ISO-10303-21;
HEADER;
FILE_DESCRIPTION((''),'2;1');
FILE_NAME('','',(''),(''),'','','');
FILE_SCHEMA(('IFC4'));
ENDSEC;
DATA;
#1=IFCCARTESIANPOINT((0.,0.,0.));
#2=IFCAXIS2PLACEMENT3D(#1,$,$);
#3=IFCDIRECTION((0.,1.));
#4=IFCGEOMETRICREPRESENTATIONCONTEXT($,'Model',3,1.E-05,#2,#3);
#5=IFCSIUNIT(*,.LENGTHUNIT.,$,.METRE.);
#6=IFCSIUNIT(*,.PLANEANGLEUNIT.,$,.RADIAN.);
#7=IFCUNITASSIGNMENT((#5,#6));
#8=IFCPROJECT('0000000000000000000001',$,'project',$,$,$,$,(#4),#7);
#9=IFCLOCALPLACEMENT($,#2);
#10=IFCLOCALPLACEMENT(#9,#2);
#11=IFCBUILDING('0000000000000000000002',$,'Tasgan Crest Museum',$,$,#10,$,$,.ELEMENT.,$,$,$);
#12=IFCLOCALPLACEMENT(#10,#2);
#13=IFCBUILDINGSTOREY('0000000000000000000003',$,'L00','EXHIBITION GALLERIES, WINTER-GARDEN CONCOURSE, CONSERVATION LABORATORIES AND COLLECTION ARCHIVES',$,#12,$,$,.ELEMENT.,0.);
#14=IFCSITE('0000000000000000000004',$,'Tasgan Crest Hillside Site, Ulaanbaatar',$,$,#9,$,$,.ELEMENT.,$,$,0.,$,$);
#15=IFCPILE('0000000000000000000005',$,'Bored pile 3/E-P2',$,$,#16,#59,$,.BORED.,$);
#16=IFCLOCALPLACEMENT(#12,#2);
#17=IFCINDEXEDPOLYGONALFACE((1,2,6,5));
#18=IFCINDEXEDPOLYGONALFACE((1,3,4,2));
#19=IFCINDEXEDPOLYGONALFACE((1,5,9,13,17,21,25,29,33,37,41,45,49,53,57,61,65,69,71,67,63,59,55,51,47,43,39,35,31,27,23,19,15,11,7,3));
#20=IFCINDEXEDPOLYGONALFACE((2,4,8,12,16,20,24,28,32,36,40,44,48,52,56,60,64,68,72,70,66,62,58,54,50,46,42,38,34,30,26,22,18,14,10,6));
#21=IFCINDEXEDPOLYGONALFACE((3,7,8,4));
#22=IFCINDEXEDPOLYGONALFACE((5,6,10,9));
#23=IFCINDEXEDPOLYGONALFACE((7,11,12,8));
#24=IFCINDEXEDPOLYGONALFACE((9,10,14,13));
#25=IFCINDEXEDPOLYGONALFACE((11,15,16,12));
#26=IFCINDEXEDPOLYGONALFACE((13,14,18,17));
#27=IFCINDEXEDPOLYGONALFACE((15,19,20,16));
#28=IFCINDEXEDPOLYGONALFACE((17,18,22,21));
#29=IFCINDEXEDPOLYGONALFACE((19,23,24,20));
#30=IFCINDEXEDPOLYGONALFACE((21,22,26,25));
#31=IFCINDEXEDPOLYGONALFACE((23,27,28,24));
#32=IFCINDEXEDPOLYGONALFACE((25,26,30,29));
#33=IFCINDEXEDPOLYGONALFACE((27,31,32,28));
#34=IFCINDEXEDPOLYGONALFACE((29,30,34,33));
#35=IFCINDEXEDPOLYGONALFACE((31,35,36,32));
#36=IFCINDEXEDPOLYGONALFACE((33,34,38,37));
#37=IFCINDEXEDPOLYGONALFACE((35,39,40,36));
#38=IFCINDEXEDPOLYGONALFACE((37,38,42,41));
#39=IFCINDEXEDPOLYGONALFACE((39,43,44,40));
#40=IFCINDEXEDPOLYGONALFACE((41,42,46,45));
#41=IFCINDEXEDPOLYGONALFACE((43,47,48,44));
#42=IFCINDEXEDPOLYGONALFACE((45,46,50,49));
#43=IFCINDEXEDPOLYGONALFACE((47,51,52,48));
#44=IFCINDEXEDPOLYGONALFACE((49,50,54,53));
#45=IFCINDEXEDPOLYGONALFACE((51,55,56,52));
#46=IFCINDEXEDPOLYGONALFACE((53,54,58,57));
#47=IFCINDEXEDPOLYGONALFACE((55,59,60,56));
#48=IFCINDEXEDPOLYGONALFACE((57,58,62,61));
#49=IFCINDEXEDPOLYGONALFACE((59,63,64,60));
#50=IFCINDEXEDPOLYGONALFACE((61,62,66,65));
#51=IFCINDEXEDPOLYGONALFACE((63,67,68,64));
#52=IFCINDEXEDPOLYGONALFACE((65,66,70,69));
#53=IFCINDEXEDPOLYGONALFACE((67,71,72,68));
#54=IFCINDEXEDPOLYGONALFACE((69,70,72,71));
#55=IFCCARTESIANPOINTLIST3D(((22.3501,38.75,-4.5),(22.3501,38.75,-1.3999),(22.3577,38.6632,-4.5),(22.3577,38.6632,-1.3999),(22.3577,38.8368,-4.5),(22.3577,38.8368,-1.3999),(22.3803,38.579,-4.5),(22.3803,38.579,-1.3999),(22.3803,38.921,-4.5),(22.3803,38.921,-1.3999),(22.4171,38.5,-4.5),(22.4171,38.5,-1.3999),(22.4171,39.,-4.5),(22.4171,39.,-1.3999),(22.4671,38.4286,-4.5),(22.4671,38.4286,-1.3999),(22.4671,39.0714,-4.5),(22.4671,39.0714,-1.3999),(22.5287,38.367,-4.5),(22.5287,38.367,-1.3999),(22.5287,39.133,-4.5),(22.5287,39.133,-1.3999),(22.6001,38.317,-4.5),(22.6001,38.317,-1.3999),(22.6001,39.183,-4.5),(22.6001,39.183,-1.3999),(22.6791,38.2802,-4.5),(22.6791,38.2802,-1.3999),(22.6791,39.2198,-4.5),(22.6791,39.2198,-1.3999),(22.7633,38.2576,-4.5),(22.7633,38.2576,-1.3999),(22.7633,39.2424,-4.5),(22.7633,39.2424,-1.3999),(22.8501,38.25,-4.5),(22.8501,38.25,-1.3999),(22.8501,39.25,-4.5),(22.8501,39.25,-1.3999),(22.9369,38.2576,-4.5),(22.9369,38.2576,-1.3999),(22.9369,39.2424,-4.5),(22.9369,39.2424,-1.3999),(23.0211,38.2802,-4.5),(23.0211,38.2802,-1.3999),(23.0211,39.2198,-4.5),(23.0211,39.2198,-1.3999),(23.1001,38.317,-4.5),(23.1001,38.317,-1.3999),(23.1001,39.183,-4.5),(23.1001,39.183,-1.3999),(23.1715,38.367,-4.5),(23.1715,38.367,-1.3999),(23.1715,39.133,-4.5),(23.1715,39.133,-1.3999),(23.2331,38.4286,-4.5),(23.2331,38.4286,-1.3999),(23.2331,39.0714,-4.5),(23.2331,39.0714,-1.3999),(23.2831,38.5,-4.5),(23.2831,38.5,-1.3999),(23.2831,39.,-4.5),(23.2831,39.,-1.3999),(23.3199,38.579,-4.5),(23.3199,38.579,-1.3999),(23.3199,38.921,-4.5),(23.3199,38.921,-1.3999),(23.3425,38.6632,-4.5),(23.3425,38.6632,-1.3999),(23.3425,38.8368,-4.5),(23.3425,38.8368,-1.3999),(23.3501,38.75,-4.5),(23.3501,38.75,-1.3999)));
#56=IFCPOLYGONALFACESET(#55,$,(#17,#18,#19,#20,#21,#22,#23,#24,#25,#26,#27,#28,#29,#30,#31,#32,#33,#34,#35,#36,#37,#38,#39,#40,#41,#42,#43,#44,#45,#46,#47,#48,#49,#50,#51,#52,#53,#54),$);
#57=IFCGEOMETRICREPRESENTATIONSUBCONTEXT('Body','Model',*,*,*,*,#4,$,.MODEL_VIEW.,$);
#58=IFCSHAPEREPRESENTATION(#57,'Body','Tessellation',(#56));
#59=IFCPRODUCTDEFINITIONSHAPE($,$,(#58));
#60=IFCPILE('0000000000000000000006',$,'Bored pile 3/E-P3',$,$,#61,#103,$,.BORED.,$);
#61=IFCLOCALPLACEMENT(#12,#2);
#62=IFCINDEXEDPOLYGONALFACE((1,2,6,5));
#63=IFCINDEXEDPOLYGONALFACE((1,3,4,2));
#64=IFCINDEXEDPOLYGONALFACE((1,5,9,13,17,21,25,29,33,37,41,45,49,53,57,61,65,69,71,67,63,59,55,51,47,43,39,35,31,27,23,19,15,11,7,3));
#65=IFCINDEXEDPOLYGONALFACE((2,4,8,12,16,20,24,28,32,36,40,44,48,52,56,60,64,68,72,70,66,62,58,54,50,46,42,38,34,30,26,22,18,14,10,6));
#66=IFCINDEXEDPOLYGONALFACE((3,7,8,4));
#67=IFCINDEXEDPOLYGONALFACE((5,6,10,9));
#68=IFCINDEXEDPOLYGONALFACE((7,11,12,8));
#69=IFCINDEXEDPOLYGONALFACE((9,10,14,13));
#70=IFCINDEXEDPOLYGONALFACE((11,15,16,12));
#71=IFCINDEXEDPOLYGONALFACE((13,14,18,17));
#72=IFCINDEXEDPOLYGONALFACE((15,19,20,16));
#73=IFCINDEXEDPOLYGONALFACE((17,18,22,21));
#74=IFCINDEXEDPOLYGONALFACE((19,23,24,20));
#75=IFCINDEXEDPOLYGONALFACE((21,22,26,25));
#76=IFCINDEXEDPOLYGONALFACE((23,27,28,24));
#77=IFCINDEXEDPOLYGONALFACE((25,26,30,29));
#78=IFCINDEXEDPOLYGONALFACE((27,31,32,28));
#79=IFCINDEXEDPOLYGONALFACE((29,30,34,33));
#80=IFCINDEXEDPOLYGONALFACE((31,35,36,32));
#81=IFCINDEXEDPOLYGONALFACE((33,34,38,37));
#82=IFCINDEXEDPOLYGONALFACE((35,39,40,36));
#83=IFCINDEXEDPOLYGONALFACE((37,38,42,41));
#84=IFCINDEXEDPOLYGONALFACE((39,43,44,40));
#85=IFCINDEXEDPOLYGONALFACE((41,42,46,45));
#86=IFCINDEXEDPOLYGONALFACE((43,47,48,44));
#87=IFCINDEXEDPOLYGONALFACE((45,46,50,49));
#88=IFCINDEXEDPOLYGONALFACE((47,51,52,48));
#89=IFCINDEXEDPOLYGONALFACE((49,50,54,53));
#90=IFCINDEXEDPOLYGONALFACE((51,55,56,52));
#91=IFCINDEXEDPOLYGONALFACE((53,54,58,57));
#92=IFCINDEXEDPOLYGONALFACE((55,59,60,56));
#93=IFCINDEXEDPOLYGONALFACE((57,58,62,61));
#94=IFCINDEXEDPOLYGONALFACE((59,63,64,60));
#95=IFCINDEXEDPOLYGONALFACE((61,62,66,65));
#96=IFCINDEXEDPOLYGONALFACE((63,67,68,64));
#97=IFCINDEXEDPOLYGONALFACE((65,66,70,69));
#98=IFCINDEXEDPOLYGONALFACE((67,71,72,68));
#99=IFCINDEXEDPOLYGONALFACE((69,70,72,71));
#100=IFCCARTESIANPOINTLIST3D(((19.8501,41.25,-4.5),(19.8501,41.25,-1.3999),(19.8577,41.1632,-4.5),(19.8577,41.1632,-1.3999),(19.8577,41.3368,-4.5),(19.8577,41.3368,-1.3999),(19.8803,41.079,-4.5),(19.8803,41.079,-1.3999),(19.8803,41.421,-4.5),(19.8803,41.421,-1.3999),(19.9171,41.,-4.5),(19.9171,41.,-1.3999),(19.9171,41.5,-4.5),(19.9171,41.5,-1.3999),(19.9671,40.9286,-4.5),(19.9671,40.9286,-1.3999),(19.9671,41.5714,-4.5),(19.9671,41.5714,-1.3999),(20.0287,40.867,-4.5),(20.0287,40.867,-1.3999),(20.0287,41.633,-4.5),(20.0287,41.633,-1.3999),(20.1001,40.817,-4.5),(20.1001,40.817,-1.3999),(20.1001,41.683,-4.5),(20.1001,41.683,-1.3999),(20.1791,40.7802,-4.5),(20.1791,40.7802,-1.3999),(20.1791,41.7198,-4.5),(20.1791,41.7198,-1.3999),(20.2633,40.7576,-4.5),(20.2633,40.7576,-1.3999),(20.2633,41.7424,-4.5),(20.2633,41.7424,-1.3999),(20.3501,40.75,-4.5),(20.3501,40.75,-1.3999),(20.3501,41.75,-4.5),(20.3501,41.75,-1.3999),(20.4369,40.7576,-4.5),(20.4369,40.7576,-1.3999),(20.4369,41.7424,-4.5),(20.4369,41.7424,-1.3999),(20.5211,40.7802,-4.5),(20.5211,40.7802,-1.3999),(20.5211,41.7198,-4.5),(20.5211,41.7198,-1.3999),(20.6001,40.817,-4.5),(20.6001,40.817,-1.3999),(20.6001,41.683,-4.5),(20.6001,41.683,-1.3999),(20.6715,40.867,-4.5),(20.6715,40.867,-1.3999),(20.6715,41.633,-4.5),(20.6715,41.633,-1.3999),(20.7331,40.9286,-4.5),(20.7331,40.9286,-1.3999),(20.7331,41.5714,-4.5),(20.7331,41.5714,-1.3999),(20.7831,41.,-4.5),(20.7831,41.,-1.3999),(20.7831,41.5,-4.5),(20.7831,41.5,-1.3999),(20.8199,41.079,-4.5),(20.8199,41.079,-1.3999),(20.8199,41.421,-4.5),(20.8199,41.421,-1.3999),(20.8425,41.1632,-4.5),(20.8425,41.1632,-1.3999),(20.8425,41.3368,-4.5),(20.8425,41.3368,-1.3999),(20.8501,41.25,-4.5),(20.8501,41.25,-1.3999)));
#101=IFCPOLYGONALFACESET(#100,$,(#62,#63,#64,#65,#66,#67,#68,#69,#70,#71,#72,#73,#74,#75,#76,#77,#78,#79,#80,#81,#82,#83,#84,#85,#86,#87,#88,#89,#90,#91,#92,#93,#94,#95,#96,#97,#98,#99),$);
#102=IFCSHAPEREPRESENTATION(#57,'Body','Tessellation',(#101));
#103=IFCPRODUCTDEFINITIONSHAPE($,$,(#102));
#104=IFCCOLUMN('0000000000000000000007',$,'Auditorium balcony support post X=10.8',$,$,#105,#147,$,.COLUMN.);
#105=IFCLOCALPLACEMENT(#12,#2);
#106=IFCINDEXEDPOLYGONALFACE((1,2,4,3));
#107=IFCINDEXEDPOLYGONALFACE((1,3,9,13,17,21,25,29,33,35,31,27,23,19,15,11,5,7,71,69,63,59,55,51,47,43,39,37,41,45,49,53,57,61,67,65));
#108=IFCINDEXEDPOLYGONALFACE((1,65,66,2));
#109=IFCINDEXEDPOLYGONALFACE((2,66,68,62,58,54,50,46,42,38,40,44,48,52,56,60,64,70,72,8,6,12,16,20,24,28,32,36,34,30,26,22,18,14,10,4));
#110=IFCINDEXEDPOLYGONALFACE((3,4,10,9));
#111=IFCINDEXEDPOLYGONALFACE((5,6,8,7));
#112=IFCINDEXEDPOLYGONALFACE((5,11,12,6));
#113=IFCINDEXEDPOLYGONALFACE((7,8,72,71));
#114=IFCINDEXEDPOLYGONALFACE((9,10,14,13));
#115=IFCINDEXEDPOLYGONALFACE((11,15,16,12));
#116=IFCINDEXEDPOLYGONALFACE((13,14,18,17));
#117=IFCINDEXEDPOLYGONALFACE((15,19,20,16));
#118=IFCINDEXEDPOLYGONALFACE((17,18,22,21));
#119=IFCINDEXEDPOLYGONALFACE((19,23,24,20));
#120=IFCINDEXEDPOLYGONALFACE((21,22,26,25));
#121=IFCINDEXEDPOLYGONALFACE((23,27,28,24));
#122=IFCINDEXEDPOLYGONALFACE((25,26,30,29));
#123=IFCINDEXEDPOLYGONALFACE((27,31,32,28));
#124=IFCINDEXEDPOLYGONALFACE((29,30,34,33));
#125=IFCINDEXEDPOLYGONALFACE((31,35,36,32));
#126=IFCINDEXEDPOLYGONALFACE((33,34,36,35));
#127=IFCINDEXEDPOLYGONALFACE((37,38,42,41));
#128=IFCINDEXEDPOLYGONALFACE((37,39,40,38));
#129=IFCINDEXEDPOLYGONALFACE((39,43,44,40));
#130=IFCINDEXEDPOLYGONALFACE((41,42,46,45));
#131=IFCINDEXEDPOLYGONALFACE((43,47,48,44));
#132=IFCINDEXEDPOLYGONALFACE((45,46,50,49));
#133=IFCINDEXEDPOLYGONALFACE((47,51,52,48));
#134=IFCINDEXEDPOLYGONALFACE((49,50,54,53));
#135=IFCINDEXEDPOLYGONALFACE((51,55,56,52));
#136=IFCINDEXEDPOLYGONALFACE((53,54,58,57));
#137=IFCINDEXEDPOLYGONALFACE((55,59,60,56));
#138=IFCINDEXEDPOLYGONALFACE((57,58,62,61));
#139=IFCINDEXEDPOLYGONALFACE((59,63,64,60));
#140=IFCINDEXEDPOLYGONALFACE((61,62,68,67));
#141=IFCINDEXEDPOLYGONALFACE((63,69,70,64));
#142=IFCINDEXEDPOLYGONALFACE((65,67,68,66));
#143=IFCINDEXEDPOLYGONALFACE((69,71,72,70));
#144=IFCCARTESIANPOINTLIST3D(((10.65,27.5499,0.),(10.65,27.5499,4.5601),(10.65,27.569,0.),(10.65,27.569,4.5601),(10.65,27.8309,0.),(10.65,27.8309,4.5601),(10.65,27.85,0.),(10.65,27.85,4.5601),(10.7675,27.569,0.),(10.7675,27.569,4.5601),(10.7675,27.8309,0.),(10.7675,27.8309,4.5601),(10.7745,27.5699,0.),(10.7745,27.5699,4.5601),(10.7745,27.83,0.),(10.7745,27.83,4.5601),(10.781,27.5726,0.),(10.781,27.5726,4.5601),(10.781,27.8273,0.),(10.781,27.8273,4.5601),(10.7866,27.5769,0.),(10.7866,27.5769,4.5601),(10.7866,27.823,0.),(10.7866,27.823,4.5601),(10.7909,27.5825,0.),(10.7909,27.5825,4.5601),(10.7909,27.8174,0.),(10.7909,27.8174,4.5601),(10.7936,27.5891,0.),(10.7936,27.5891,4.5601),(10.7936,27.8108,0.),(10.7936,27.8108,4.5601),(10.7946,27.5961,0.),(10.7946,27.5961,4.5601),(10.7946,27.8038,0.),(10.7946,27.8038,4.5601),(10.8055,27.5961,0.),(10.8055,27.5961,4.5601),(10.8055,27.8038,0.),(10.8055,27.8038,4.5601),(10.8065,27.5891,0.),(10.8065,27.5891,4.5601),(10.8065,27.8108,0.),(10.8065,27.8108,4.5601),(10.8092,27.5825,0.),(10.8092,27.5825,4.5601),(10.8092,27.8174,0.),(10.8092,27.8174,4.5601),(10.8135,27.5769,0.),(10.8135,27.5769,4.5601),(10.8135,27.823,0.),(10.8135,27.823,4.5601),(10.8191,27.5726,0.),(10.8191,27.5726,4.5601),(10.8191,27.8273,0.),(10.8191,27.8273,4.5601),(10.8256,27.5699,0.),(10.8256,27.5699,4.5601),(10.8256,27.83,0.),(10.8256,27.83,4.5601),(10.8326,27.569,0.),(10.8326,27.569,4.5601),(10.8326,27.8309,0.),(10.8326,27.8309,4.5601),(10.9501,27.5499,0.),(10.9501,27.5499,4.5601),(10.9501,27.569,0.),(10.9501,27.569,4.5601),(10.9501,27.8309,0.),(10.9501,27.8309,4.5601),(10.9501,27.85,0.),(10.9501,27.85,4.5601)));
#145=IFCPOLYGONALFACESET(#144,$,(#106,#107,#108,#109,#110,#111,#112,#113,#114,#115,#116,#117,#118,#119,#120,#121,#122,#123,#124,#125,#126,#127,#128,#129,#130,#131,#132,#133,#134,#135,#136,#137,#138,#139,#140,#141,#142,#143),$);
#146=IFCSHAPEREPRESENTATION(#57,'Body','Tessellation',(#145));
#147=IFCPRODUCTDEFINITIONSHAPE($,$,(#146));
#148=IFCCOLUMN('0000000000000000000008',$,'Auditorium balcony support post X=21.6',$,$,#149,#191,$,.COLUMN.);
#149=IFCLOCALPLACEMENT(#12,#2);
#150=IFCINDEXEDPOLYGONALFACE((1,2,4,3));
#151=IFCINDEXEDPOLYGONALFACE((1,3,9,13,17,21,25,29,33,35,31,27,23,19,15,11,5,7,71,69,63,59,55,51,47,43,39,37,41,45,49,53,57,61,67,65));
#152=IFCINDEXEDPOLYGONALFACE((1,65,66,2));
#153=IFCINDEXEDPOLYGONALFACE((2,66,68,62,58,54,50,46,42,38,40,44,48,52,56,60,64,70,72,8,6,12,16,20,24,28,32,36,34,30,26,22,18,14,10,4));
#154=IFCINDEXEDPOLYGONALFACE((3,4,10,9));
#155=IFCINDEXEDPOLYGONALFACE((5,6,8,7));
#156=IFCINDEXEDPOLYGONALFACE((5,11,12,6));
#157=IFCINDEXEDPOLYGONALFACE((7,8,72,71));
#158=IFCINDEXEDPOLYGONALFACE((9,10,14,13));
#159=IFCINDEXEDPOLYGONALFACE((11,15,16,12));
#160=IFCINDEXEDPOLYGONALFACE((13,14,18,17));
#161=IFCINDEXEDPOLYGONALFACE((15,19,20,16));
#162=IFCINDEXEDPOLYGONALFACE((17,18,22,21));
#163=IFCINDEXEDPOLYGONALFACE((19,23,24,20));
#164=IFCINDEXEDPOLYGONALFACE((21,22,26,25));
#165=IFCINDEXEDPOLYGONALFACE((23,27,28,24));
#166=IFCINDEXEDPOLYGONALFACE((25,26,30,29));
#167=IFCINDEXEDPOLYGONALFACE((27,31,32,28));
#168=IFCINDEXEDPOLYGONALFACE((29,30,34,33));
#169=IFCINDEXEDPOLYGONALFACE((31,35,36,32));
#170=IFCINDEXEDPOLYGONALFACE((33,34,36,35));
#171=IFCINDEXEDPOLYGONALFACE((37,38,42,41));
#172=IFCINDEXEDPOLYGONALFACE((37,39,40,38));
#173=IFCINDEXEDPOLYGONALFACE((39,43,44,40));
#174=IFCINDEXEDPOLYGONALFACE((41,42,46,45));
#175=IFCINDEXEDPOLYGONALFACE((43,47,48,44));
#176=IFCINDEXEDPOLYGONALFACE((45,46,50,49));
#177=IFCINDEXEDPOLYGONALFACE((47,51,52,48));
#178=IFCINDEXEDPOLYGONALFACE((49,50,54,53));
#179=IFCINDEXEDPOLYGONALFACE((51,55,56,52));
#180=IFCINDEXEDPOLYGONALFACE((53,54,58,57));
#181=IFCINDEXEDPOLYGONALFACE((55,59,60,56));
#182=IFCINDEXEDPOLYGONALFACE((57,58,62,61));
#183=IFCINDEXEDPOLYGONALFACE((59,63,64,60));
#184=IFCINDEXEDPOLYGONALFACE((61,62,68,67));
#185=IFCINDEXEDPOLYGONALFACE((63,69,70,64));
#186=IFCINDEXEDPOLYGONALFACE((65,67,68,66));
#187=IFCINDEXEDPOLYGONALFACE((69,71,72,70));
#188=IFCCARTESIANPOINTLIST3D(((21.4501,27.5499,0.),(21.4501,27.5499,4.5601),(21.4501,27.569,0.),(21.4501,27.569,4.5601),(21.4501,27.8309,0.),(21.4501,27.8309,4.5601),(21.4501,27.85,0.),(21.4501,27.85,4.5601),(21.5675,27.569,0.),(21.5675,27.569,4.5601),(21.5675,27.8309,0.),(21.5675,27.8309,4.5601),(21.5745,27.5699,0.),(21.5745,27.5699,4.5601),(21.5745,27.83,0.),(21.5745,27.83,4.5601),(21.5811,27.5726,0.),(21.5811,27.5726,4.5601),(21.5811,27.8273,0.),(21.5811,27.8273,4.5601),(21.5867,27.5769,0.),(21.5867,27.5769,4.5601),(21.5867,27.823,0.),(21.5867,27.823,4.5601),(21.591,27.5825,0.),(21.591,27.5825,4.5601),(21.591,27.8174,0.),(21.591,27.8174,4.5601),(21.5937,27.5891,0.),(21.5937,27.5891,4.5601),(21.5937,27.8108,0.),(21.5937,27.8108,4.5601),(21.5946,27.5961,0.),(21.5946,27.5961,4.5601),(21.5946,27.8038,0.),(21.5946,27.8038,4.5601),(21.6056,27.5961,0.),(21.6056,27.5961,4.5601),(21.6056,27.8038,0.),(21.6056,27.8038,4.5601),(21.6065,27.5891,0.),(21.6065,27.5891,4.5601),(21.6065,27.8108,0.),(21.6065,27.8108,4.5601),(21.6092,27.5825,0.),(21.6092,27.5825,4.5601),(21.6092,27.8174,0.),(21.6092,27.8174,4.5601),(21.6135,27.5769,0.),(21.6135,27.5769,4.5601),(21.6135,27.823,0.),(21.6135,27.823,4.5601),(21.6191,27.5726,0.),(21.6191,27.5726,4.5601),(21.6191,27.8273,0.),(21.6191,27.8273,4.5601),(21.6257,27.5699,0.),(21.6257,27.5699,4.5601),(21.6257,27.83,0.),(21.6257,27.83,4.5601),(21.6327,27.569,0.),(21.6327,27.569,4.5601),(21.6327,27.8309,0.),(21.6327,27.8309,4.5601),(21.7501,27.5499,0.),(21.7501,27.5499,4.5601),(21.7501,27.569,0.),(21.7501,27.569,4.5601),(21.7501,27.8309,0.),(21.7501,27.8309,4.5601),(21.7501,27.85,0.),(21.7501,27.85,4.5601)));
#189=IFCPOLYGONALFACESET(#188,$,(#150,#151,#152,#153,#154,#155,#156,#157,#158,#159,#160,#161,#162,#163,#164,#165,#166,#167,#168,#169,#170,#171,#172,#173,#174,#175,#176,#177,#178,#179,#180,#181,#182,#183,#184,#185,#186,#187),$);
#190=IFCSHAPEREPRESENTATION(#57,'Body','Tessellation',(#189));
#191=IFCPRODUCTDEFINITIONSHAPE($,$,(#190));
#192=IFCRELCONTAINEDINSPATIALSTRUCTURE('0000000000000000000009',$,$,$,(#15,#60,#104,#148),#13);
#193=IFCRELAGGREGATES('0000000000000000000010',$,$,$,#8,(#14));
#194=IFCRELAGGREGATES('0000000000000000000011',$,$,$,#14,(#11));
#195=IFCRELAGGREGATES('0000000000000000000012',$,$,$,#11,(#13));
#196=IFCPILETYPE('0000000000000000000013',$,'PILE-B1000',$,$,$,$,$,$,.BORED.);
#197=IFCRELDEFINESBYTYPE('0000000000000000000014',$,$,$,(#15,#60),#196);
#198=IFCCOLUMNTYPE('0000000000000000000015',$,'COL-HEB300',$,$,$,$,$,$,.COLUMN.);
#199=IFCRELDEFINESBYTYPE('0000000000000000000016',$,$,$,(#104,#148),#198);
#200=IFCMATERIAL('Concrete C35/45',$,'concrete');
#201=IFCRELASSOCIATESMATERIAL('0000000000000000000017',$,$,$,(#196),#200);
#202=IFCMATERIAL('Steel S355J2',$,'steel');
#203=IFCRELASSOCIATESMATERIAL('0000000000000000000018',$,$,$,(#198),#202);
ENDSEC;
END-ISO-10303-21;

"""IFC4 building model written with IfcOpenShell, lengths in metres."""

from ifc_helpers import new_model, si_unit, direction, frame, origin, origin_2d, place, context, subcontext, project, spatial, circle, i_section, extrude, material, material_profile, profile_set, type_object, element, save


model = new_model("IFC4")

# Units and contexts
model_context = context("Model", 3, precision=1e-05, world=origin(), true_north=direction((0.0, 1.0)))
body_context = subcontext(model_context, "Body", "Model", "MODEL_VIEW")
ifc_project = project(units=[si_unit("LENGTHUNIT", "METRE"), si_unit("PLANEANGLEUNIT", "RADIAN")], contexts=[model_context])

# Site, building, storey
site_placement = place(None, origin())
site = spatial("IfcSite", under=ifc_project, at=site_placement, Name="Tasgan Crest Hillside Site, Ulaanbaatar", CompositionType="ELEMENT", RefElevation=0.0)
building_placement = place(site_placement, origin())
building = spatial("IfcBuilding", under=site, at=building_placement, Name="Tasgan Crest Museum", CompositionType="ELEMENT")
storey_placement = place(building_placement, origin())
storey = spatial("IfcBuildingStorey", under=building, at=storey_placement, Name="L00", Description="EXHIBITION GALLERIES, WINTER-GARDEN CONCOURSE, CONSERVATION LABORATORIES AND COLLECTION ARCHIVES", CompositionType="ELEMENT", Elevation=0.0)

# Piles
ifc_material_1 = material(Name="Concrete C35/45", Category="concrete")
ifc_material_profile_1 = material_profile(ifc_material_1, circle(Radius=0.5, at=origin_2d()), Name="PILE D1000")
ifc_profile_set_1 = profile_set([ifc_material_profile_1], Name="Concrete C35/45")
pile_type = type_object("IfcPileType", Name="PILE-B1000", PredefinedType="BORED", material=ifc_profile_set_1)
for number, where, z_axis, x_axis, name in (
    (1, (22.8501, 38.75, -1.3999), (0.0, 0.0, -1.0), (1.0, 0.0, 0.0), "Bored pile 3/E-P2"),
    (2, (20.3501, 41.25, -1.3999), (0.0, 0.0, -1.0), (1.0, 0.0, 0.0), "Bored pile 3/E-P3"),
):
    element("IfcPile", number, at=place(storey_placement, frame(where, z_axis=z_axis, x_axis=x_axis)), inside=storey, type_object=pile_type, Name=name, PredefinedType="BORED", context=body_context, shape_type="SweptSolid", body=[
        extrude(circle(Radius=0.5, at=origin_2d()), origin(), (0.0, 0.0, 1.0), 3.1001),
    ])

# Columns
ifc_material_2 = material(Name="Steel S355J2", Category="steel")
ifc_material_profile_2 = material_profile(ifc_material_2, i_section(OverallWidth=0.3, OverallDepth=0.3, WebThickness=0.011, FlangeThickness=0.019, FilletRadius=0.0271, at=origin_2d()), Name="HEB 300")
ifc_profile_set_2 = profile_set([ifc_material_profile_2], Name="Steel S355J2")
column_type_1 = type_object("IfcColumnType", Name="COL-HEB300", PredefinedType="COLUMN", material=ifc_profile_set_2)
for number, where, z_axis, x_axis, name in (
    (3, (10.8, 27.7, 0.0), (0.0, 0.0, 1.0), (1.0, 0.0, 0.0), "Auditorium balcony support post X=10.8"),
    (4, (21.6001, 27.7, 0.0), (0.0, 0.0, 1.0), (1.0, 0.0, 0.0), "Auditorium balcony support post X=21.6"),
):
    element("IfcColumn", number, at=place(storey_placement, frame(where, z_axis=z_axis, x_axis=x_axis)), inside=storey, type_object=column_type_1, Name=name, PredefinedType="COLUMN", context=body_context, shape_type="SweptSolid", body=[
        extrude(i_section(OverallWidth=0.3, OverallDepth=0.3, WebThickness=0.011, FlangeThickness=0.019, FilletRadius=0.0271, at=origin_2d()), origin(), (0.0, 0.0, 1.0), 4.5601),
    ])

save(model, "model.ifc")
